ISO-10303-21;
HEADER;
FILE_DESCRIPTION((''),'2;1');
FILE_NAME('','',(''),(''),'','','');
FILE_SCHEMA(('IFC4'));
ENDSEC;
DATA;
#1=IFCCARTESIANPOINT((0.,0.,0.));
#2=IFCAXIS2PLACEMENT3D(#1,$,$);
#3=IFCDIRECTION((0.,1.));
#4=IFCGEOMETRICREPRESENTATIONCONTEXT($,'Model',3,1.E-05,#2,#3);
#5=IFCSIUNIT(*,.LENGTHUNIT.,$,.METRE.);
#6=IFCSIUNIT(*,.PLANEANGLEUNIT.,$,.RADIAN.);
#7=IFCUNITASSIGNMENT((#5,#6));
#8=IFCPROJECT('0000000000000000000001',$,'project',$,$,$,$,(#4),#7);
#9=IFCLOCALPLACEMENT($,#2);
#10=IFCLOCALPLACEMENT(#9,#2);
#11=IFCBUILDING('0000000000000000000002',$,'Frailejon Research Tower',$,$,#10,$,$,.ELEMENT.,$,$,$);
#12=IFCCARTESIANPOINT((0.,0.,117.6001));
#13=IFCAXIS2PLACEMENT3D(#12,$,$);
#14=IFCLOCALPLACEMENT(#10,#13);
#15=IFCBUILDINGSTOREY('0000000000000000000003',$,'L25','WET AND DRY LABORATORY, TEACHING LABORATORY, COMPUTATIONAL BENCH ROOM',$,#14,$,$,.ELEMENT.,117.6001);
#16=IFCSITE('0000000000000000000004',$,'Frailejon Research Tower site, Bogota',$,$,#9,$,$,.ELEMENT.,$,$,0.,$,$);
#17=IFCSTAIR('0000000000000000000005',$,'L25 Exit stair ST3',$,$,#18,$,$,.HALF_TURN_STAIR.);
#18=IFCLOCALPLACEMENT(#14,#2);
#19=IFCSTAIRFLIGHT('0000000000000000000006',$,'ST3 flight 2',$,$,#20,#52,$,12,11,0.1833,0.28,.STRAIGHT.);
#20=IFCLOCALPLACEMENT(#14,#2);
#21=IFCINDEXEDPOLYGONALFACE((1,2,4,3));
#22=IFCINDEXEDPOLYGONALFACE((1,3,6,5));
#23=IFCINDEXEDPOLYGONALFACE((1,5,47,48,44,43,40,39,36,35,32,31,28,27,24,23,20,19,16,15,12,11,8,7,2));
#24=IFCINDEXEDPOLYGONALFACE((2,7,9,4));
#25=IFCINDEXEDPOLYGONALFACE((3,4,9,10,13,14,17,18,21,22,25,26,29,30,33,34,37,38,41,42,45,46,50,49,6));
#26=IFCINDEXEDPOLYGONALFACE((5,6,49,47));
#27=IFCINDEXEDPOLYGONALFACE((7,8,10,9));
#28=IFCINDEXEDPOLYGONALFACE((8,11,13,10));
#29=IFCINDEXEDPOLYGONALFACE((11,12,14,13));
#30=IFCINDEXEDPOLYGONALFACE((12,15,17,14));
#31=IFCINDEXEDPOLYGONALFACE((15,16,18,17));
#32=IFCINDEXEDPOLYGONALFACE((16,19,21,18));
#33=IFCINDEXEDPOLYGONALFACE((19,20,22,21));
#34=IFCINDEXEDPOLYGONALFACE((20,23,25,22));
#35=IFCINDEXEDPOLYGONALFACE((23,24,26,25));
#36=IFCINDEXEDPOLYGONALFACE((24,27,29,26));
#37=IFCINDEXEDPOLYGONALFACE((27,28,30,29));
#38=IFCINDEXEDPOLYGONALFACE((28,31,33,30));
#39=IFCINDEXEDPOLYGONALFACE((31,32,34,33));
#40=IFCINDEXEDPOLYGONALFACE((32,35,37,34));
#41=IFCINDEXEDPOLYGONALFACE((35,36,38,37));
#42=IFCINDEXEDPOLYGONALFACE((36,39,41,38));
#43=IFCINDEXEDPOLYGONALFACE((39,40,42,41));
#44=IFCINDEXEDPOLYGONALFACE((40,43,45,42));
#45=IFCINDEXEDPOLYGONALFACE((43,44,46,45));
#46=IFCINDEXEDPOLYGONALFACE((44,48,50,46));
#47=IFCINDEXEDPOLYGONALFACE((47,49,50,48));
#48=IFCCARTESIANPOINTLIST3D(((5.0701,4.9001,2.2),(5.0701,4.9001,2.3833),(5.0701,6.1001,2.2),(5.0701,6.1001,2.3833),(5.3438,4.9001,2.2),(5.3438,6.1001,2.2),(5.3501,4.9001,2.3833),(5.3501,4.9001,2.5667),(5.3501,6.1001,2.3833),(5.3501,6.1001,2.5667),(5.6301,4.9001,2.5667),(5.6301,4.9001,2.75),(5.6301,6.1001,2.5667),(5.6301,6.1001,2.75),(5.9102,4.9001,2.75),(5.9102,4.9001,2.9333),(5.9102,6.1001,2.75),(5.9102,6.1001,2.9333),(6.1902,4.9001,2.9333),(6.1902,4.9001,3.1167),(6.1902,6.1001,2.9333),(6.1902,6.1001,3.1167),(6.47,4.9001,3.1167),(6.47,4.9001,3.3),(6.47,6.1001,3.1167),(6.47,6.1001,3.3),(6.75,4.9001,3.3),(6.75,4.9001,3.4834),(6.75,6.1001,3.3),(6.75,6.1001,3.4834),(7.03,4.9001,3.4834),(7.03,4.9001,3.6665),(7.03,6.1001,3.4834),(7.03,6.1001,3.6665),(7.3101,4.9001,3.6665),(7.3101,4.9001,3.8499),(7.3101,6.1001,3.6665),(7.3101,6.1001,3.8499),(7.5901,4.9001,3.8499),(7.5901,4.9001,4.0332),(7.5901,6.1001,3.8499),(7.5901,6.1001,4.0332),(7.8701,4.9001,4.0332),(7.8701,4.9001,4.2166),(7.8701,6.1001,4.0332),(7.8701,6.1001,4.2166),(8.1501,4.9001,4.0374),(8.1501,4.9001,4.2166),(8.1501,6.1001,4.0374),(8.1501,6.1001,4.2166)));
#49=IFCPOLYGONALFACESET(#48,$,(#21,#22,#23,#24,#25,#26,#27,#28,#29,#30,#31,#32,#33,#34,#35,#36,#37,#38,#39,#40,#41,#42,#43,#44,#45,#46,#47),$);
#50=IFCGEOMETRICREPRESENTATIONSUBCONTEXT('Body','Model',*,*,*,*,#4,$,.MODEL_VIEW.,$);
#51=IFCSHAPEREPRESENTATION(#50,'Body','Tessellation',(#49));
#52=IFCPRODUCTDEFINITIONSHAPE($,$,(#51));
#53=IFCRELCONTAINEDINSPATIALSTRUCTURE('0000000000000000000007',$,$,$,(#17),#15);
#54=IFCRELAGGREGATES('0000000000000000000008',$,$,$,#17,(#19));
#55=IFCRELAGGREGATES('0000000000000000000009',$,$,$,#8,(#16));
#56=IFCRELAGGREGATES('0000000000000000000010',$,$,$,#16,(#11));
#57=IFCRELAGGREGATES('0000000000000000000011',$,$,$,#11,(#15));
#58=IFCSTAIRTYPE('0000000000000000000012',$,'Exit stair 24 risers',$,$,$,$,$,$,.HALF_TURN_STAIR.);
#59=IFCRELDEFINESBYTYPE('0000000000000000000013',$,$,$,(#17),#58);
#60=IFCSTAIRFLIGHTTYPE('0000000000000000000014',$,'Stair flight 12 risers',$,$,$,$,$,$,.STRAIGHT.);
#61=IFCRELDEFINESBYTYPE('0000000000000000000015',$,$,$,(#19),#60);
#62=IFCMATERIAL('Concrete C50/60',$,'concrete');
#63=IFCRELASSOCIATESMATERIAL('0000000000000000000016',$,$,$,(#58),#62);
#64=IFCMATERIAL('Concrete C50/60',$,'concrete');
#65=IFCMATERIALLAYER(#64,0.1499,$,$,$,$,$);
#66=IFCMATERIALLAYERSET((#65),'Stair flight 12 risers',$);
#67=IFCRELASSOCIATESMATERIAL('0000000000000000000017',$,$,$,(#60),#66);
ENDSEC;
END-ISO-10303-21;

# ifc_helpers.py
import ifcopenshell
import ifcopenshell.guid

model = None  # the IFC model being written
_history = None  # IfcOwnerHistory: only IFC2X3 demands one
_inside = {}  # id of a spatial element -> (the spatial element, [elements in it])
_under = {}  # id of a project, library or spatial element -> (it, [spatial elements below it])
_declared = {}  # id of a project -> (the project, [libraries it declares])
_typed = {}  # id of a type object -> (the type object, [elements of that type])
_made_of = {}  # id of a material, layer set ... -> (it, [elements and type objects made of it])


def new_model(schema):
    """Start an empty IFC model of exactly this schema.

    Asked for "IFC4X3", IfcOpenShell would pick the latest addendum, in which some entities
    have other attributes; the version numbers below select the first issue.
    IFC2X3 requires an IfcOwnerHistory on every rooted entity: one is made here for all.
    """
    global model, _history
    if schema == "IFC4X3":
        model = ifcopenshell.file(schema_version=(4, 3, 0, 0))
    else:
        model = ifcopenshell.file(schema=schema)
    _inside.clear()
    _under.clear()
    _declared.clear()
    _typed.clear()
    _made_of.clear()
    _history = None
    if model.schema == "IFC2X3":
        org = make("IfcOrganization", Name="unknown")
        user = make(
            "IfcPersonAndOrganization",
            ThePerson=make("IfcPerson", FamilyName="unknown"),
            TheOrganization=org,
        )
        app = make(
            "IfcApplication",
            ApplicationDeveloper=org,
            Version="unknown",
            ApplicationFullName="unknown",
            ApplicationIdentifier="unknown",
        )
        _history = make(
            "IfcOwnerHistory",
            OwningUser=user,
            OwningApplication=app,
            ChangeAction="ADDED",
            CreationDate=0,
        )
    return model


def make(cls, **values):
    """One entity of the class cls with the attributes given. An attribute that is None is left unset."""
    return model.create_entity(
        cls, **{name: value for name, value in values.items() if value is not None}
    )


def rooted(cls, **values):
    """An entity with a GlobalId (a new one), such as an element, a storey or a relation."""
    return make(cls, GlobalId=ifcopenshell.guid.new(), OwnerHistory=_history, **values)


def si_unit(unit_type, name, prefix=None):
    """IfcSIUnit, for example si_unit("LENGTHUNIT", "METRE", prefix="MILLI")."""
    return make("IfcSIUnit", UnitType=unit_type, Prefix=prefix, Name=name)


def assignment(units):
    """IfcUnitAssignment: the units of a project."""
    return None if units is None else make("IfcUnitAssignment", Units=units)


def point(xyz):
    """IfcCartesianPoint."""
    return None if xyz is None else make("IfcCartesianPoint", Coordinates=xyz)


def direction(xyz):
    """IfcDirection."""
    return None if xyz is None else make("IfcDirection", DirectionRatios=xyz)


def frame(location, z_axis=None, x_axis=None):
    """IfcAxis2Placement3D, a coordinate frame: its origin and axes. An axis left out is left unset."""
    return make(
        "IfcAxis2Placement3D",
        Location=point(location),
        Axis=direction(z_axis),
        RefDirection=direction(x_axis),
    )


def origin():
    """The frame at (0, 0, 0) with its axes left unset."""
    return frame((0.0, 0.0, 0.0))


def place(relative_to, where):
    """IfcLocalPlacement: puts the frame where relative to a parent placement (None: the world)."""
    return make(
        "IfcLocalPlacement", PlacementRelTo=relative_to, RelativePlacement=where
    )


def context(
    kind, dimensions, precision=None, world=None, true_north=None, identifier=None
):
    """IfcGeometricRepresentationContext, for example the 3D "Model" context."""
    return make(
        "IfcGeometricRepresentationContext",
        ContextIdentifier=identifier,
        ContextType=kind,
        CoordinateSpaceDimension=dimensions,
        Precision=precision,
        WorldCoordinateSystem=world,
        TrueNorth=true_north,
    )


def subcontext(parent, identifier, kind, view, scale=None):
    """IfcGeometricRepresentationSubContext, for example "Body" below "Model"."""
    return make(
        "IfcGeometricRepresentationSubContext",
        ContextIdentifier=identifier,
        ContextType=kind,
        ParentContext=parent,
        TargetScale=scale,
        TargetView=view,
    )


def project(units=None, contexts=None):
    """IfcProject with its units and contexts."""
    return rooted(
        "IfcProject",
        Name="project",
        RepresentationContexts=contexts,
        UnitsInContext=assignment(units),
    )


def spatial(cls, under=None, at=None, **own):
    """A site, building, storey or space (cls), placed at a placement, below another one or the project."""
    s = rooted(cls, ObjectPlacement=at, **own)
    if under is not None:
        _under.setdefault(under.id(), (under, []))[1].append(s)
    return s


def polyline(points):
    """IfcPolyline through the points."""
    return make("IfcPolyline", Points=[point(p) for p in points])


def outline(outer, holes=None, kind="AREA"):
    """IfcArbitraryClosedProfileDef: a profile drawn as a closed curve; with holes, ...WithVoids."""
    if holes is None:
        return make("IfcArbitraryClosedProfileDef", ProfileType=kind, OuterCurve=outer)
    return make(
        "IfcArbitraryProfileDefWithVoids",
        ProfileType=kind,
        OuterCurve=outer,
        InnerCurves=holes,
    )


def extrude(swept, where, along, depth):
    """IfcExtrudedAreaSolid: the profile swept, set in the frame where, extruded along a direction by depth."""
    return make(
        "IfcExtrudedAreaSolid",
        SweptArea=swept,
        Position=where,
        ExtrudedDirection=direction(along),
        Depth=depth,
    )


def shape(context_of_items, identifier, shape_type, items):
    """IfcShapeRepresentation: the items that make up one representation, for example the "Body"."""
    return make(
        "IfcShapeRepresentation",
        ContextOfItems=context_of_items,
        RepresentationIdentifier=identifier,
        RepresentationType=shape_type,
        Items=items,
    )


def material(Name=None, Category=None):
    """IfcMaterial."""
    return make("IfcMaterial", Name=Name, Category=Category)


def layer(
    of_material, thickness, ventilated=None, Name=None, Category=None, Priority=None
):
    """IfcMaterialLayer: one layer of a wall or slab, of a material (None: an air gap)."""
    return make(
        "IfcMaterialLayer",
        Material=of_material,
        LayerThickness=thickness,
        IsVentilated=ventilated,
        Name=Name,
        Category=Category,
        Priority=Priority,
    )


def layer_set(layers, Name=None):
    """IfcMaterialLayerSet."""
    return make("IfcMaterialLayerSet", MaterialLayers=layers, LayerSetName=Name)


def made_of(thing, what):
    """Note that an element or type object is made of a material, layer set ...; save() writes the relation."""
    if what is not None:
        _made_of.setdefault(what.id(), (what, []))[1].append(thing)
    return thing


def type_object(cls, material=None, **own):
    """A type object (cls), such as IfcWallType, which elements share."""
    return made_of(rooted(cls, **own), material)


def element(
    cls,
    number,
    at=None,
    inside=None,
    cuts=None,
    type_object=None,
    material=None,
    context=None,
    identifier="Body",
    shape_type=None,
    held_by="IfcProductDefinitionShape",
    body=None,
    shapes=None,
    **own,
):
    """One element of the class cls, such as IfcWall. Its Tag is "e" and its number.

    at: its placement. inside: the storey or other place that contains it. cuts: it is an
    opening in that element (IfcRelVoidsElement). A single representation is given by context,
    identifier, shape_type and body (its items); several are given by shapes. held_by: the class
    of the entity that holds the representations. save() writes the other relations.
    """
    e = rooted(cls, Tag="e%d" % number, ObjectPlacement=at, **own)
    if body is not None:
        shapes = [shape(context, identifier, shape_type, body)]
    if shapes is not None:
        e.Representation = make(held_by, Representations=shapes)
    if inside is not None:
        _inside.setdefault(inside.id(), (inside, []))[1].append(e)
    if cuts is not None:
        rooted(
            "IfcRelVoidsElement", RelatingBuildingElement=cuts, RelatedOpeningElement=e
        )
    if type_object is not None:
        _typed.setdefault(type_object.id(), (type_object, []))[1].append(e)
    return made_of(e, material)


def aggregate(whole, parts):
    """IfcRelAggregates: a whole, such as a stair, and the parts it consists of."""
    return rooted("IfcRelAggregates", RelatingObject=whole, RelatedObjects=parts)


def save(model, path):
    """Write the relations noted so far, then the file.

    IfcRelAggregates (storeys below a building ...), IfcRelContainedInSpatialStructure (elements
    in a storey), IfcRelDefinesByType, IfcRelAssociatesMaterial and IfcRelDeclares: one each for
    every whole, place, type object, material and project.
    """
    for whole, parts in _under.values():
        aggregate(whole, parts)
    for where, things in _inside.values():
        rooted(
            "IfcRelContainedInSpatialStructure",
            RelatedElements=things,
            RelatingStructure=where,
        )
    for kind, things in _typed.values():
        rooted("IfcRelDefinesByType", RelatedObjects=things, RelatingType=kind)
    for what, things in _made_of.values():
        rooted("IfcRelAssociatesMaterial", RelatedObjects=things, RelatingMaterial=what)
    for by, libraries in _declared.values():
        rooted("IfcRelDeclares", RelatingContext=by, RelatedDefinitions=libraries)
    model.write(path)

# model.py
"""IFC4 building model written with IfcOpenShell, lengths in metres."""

from ifc_helpers import new_model, si_unit, direction, frame, origin, place, context, subcontext, project, spatial, polyline, outline, extrude, material, layer, layer_set, type_object, element, aggregate, save


model = new_model("IFC4")

# Units and contexts
model_context = context("Model", 3, precision=1e-05, world=origin(), true_north=direction((0.0, 1.0)))
body_context = subcontext(model_context, "Body", "Model", "MODEL_VIEW")
ifc_project = project(units=[si_unit("LENGTHUNIT", "METRE"), si_unit("PLANEANGLEUNIT", "RADIAN")], contexts=[model_context])

# Site, building, storey
site_placement = place(None, origin())
site = spatial("IfcSite", under=ifc_project, at=site_placement, Name="Frailejon Research Tower site, Bogota", CompositionType="ELEMENT", RefElevation=0.0)
building_placement = place(site_placement, origin())
building = spatial("IfcBuilding", under=site, at=building_placement, Name="Frailejon Research Tower", CompositionType="ELEMENT")
storey_placement = place(building_placement, frame((0.0, 0.0, 117.6001)))
storey = spatial("IfcBuildingStorey", under=building, at=storey_placement, Name="L25", Description="WET AND DRY LABORATORY, TEACHING LABORATORY, COMPUTATIONAL BENCH ROOM", CompositionType="ELEMENT", Elevation=117.6001)

# Stair, stair flight
ifc_material_1 = material(Name="Concrete C50/60", Category="concrete")
stair_type = type_object("IfcStairType", Name="Exit stair 24 risers", PredefinedType="HALF_TURN_STAIR", material=ifc_material_1)
stair_placement = place(storey_placement, origin())
stair = element("IfcStair", 1, at=stair_placement, inside=storey, type_object=stair_type, Name="L25 Exit stair ST3", PredefinedType="HALF_TURN_STAIR")
ifc_material_2 = material(Name="Concrete C50/60", Category="concrete")
ifc_layer_1 = layer(ifc_material_2, 0.1499)
ifc_layer_set_1 = layer_set([ifc_layer_1], Name="Stair flight 12 risers")
stair_flight_type = type_object("IfcStairFlightType", Name="Stair flight 12 risers", PredefinedType="STRAIGHT", material=ifc_layer_set_1)
stair_flight_1_placement = place(storey_placement, frame((5.0701, 5.5, 2.2), z_axis=(0.0, 0.0, 1.0), x_axis=(1.0, 0.0, 0.0)))
stair_flight_1 = element("IfcStairFlight", 2, at=stair_flight_1_placement, type_object=stair_flight_type, Name="ST3 flight 2", NumberOfRisers=12, NumberOfTreads=11, PredefinedType="STRAIGHT", RiserHeight=0.1833, TreadLength=0.28, context=body_context, shape_type="SweptSolid", body=[
    extrude(outline(polyline([(0.0, 0.0), (0.0, 0.1833), (0.28, 0.1833), (0.28, 0.3667), (0.5601, 0.3667), (0.5601, 0.55), (0.8401, 0.55), (0.8401, 0.7334), (1.1201, 0.7334), (1.1201, 0.9167), (1.3999, 0.9167), (1.3999, 1.1001), (1.6799, 1.1001), (1.6799, 1.2834), (1.96, 1.2834), (1.96, 1.4666), (2.24, 1.4666), (2.24, 1.6499), (2.52, 1.6499), (2.52, 1.8333), (2.8, 1.8333), (2.8, 2.0166), (3.0801, 2.0166), (3.0801, 2.2), (3.0801, 1.8374), (0.2737, 0.0), (0.0, 0.0)])), frame((0.0, 0.6001, 0.0), z_axis=(0.0, -1.0, 0.0), x_axis=(1.0, 0.0, 0.0)), (0.0, 0.0, 1.0), 1.2),
])
aggregate(stair, [stair_flight_1])

save(model, "model.ifc")
